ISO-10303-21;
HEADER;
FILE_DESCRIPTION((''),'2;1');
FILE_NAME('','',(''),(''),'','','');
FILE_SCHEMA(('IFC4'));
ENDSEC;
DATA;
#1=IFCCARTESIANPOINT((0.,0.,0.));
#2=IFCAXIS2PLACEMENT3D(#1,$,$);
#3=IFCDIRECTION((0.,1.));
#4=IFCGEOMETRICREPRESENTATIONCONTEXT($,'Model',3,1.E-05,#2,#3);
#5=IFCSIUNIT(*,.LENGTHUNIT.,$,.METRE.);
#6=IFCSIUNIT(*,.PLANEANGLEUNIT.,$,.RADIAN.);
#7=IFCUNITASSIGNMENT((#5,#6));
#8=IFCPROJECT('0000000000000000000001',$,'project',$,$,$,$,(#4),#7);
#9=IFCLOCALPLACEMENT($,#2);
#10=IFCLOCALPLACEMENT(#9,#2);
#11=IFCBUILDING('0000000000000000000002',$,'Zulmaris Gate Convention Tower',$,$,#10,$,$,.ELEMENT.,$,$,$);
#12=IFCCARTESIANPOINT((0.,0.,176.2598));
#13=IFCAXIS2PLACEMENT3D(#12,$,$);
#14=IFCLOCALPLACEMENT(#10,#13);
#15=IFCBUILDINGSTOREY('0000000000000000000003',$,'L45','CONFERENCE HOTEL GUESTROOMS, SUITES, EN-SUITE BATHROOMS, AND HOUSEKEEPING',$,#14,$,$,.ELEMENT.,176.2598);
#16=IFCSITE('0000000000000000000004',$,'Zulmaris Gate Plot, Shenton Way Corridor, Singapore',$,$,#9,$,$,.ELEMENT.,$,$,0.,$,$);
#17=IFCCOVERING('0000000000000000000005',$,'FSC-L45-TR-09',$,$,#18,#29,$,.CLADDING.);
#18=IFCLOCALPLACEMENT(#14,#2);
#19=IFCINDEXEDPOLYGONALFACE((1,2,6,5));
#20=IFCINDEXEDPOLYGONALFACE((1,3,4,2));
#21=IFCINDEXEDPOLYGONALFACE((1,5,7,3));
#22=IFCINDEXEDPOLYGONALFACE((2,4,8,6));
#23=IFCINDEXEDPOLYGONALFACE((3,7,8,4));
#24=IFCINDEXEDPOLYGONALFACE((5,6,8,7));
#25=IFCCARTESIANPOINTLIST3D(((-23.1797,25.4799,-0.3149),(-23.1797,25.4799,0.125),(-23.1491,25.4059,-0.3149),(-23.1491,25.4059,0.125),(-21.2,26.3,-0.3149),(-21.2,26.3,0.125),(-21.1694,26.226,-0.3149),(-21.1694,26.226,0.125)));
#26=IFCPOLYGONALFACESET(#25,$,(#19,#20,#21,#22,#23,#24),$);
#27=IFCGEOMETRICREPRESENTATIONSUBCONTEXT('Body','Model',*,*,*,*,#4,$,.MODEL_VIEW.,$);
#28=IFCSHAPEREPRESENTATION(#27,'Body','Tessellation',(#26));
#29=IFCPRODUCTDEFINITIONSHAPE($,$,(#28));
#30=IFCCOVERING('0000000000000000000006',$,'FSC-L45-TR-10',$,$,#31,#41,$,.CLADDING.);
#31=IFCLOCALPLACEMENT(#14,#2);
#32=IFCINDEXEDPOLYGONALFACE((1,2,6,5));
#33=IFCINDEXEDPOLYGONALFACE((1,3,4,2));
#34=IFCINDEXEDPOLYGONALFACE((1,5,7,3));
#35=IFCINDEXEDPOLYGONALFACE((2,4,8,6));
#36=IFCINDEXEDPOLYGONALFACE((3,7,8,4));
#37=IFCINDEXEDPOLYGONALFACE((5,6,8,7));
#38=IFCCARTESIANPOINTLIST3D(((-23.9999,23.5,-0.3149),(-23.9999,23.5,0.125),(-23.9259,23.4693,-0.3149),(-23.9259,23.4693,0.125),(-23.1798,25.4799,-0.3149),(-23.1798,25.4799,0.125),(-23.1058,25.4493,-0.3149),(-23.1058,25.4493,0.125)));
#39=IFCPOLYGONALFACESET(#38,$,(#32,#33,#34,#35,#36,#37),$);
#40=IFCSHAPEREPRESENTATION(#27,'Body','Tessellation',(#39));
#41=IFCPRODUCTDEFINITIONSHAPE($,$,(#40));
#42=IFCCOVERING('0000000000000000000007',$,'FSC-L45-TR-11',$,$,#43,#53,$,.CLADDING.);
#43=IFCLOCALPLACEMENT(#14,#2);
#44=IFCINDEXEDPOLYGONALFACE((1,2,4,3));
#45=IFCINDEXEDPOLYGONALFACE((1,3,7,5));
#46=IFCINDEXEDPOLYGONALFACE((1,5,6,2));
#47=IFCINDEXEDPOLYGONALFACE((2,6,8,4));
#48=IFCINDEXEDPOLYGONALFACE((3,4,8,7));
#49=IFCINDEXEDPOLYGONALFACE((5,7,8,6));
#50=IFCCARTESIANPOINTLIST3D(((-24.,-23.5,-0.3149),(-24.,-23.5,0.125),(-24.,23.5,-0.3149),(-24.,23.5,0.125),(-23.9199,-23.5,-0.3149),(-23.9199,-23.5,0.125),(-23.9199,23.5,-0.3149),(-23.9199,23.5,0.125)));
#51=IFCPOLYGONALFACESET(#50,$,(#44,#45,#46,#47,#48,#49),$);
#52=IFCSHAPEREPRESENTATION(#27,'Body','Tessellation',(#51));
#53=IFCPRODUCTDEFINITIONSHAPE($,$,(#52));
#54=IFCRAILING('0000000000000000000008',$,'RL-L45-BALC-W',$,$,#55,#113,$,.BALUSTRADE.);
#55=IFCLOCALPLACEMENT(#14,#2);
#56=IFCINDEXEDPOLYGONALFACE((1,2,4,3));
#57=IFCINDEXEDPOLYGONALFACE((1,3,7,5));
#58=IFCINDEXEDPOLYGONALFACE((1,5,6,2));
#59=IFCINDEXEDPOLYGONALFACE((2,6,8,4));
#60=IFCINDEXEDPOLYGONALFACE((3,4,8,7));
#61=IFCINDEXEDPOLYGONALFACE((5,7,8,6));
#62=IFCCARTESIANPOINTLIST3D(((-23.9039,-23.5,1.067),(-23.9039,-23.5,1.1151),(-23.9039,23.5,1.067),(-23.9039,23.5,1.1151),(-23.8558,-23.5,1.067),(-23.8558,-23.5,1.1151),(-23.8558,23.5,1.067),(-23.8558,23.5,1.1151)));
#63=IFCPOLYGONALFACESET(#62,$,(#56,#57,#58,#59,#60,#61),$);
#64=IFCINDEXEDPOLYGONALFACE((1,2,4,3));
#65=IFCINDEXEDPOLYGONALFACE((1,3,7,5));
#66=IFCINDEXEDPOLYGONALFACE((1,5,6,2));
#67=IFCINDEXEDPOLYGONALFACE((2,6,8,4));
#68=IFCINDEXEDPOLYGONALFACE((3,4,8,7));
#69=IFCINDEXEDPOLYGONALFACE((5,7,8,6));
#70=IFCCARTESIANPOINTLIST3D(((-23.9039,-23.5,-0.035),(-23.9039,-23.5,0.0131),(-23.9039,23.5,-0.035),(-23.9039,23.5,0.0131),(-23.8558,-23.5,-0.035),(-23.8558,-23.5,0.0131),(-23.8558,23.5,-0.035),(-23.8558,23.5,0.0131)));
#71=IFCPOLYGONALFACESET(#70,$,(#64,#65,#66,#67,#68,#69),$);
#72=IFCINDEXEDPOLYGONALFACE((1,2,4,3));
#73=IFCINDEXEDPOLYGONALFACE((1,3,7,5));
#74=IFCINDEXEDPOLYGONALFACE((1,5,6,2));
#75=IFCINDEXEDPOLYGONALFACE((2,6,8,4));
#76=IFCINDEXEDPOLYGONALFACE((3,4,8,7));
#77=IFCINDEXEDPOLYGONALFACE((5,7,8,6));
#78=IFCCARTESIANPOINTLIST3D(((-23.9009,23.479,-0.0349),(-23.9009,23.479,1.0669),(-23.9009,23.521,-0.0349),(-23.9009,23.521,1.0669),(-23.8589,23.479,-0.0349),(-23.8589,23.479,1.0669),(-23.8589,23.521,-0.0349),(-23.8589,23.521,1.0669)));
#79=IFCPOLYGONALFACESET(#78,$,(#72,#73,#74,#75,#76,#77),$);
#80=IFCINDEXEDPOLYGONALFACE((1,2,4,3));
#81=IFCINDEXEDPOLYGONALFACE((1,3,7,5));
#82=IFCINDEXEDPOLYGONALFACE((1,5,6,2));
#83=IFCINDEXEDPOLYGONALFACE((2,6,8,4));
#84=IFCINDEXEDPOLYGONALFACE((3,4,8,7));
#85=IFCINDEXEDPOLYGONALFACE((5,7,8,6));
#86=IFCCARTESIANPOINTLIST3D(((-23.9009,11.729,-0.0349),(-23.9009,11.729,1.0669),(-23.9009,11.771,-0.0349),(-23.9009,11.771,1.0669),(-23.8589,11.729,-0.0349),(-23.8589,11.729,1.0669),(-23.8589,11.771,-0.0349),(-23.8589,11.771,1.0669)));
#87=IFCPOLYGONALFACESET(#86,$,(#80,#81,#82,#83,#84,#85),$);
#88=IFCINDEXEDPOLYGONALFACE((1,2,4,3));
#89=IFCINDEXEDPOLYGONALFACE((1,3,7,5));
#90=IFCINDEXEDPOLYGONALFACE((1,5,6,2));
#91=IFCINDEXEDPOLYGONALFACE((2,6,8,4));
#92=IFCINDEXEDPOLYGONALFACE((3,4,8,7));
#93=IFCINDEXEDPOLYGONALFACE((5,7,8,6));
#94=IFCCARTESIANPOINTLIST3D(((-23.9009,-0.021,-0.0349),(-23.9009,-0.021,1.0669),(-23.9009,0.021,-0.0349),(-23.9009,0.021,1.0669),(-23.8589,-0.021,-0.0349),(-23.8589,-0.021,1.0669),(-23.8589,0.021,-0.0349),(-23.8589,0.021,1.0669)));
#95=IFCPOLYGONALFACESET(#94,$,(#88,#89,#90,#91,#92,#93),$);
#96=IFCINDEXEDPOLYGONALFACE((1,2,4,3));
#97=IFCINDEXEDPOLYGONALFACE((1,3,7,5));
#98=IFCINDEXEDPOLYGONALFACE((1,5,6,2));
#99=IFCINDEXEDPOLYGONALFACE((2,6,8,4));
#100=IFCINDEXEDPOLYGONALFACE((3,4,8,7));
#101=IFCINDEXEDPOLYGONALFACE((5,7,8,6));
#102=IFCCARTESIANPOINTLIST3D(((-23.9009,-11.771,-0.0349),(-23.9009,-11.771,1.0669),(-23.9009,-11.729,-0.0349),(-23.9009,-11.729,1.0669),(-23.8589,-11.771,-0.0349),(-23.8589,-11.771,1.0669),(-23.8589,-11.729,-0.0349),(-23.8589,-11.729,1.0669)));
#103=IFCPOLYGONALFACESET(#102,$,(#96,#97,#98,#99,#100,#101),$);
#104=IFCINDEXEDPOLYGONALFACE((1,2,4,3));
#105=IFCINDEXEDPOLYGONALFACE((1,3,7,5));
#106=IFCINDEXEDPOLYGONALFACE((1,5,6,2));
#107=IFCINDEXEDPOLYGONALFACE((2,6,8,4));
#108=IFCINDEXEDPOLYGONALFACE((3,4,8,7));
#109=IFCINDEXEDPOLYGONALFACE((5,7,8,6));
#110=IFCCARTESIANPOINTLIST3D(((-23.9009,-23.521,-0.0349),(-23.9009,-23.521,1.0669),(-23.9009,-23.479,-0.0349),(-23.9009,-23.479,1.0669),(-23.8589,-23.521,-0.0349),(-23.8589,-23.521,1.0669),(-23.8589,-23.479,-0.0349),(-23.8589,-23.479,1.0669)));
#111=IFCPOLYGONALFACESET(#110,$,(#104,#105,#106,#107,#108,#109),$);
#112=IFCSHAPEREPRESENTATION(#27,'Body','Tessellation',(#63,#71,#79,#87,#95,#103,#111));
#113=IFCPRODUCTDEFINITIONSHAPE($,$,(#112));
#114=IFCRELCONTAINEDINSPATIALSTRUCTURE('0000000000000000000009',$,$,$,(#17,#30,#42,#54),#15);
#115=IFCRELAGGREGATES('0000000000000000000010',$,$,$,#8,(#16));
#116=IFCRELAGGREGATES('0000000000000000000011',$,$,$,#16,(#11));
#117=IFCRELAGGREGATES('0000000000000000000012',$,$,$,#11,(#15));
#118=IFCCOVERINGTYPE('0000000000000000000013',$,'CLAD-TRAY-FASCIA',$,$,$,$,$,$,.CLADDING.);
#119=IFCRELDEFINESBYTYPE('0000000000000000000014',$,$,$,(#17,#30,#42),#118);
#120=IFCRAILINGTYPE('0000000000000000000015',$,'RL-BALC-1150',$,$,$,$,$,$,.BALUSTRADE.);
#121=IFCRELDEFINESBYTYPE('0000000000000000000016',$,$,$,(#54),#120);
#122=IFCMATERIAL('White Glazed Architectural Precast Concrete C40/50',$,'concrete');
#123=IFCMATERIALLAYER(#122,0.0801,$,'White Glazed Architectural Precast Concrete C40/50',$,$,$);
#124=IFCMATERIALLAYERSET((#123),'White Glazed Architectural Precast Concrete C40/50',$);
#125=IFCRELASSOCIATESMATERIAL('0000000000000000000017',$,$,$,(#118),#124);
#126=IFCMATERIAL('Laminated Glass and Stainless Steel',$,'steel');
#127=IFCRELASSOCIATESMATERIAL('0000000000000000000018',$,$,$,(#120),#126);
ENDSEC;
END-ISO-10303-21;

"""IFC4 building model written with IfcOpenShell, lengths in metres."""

from ifc_helpers import new_model, si_unit, direction, frame, frame_2d, origin, origin_2d, place, context, subcontext, project, spatial, rectangle, extrude, material, layer, layer_set, type_object, element, save


model = new_model("IFC4")

# Units and contexts
model_context = context("Model", 3, precision=1e-05, world=origin(), true_north=direction((0.0, 1.0)))
body_context = subcontext(model_context, "Body", "Model", "MODEL_VIEW")
ifc_project = project(units=[si_unit("LENGTHUNIT", "METRE"), si_unit("PLANEANGLEUNIT", "RADIAN")], contexts=[model_context])

# Site, building, storey
site_placement = place(None, origin())
site = spatial("IfcSite", under=ifc_project, at=site_placement, Name="Zulmaris Gate Plot, Shenton Way Corridor, Singapore", CompositionType="ELEMENT", RefElevation=0.0)
building_placement = place(site_placement, origin())
building = spatial("IfcBuilding", under=site, at=building_placement, Name="Zulmaris Gate Convention Tower", CompositionType="ELEMENT")
storey_placement = place(building_placement, frame((0.0, 0.0, 176.2598)))
storey = spatial("IfcBuildingStorey", under=building, at=storey_placement, Name="L45", Description="CONFERENCE HOTEL GUESTROOMS, SUITES, EN-SUITE BATHROOMS, AND HOUSEKEEPING", CompositionType="ELEMENT", Elevation=176.2598)

# Coverings
ifc_material_1 = material(Name="White Glazed Architectural Precast Concrete C40/50", Category="concrete")
ifc_layer_1 = layer(ifc_material_1, 0.0801, Name="White Glazed Architectural Precast Concrete C40/50")
ifc_layer_set_1 = layer_set([ifc_layer_1], Name="White Glazed Architectural Precast Concrete C40/50")
covering_type_1 = type_object("IfcCoveringType", Name="CLAD-TRAY-FASCIA", PredefinedType="CLADDING", material=ifc_layer_set_1)
covering_1_placement = place(storey_placement, frame((-21.1848, 26.2629, -0.3149), z_axis=(0.0, 0.0, 1.0), x_axis=(-0.923874, -0.382697, 0.0)))
element("IfcCovering", 1, at=covering_1_placement, inside=storey, type_object=covering_type_1, Name="FSC-L45-TR-09", PredefinedType="CLADDING", context=body_context, shape_type="SweptSolid", body=[
    extrude(rectangle(XDim=2.1428, YDim=0.0801, at=frame_2d((1.0713, 0.0))), origin(), (0.0, 0.0, 1.0), 0.4399),
])
covering_2_placement = place(storey_placement, frame((-23.1428, 25.4646, -0.3149), z_axis=(0.0, 0.0, 1.0), x_axis=(-0.382657, -0.92389, 0.0)))
element("IfcCovering", 2, at=covering_2_placement, inside=storey, type_object=covering_type_1, Name="FSC-L45-TR-10", PredefinedType="CLADDING", context=body_context, shape_type="SweptSolid", body=[
    extrude(rectangle(XDim=2.1431, YDim=0.0801, at=frame_2d((1.0715, 0.0))), origin(), (0.0, 0.0, 1.0), 0.4399),
])
covering_3_placement = place(storey_placement, frame((-23.96, 23.5, -0.3149), z_axis=(0.0, 0.0, 1.0), x_axis=(0.0, -1.0, 0.0)))
element("IfcCovering", 3, at=covering_3_placement, inside=storey, type_object=covering_type_1, Name="FSC-L45-TR-11", PredefinedType="CLADDING", context=body_context, shape_type="SweptSolid", body=[
    extrude(rectangle(XDim=47.0, YDim=0.0801, at=frame_2d((23.5, 0.0))), origin(), (0.0, 0.0, 1.0), 0.4399),
])

# Railing
ifc_material_2 = material(Name="Laminated Glass and Stainless Steel", Category="steel")
railing_type = type_object("IfcRailingType", Name="RL-BALC-1150", PredefinedType="BALUSTRADE", material=ifc_material_2)
railing_placement = place(storey_placement, frame((-23.8799, 23.5, -0.0349)))
element("IfcRailing", 4, at=railing_placement, inside=storey, type_object=railing_type, Name="RL-L45-BALC-W", PredefinedType="BALUSTRADE", context=body_context, shape_type="SweptSolid", body=[
    extrude(rectangle(XDim=0.0481, YDim=0.0481, at=origin_2d()), frame((0.0, 0.0, 1.126), z_axis=(0.0, -1.0, 0.0), x_axis=(1.0, 0.0, 0.0)), (0.0, 0.0, 1.0), 47.0),
    extrude(rectangle(XDim=0.0481, YDim=0.0481, at=origin_2d()), frame((0.0, 0.0, 0.0239), z_axis=(0.0, -1.0, 0.0), x_axis=(1.0, 0.0, 0.0)), (0.0, 0.0, 1.0), 47.0),
    extrude(rectangle(XDim=0.042, YDim=0.042, at=origin_2d()), origin(), (0.0, 0.0, 1.0), 1.1018),
    extrude(rectangle(XDim=0.042, YDim=0.042, at=origin_2d()), frame((0.0, -11.75, 0.0)), (0.0, 0.0, 1.0), 1.1018),
    extrude(rectangle(XDim=0.042, YDim=0.042, at=origin_2d()), frame((0.0, -23.5, 0.0)), (0.0, 0.0, 1.0), 1.1018),
    extrude(rectangle(XDim=0.042, YDim=0.042, at=origin_2d()), frame((0.0, -35.25, 0.0)), (0.0, 0.0, 1.0), 1.1018),
    extrude(rectangle(XDim=0.042, YDim=0.042, at=origin_2d()), frame((0.0, -47.0, 0.0)), (0.0, 0.0, 1.0), 1.1018),
])

save(model, "model.ifc")
